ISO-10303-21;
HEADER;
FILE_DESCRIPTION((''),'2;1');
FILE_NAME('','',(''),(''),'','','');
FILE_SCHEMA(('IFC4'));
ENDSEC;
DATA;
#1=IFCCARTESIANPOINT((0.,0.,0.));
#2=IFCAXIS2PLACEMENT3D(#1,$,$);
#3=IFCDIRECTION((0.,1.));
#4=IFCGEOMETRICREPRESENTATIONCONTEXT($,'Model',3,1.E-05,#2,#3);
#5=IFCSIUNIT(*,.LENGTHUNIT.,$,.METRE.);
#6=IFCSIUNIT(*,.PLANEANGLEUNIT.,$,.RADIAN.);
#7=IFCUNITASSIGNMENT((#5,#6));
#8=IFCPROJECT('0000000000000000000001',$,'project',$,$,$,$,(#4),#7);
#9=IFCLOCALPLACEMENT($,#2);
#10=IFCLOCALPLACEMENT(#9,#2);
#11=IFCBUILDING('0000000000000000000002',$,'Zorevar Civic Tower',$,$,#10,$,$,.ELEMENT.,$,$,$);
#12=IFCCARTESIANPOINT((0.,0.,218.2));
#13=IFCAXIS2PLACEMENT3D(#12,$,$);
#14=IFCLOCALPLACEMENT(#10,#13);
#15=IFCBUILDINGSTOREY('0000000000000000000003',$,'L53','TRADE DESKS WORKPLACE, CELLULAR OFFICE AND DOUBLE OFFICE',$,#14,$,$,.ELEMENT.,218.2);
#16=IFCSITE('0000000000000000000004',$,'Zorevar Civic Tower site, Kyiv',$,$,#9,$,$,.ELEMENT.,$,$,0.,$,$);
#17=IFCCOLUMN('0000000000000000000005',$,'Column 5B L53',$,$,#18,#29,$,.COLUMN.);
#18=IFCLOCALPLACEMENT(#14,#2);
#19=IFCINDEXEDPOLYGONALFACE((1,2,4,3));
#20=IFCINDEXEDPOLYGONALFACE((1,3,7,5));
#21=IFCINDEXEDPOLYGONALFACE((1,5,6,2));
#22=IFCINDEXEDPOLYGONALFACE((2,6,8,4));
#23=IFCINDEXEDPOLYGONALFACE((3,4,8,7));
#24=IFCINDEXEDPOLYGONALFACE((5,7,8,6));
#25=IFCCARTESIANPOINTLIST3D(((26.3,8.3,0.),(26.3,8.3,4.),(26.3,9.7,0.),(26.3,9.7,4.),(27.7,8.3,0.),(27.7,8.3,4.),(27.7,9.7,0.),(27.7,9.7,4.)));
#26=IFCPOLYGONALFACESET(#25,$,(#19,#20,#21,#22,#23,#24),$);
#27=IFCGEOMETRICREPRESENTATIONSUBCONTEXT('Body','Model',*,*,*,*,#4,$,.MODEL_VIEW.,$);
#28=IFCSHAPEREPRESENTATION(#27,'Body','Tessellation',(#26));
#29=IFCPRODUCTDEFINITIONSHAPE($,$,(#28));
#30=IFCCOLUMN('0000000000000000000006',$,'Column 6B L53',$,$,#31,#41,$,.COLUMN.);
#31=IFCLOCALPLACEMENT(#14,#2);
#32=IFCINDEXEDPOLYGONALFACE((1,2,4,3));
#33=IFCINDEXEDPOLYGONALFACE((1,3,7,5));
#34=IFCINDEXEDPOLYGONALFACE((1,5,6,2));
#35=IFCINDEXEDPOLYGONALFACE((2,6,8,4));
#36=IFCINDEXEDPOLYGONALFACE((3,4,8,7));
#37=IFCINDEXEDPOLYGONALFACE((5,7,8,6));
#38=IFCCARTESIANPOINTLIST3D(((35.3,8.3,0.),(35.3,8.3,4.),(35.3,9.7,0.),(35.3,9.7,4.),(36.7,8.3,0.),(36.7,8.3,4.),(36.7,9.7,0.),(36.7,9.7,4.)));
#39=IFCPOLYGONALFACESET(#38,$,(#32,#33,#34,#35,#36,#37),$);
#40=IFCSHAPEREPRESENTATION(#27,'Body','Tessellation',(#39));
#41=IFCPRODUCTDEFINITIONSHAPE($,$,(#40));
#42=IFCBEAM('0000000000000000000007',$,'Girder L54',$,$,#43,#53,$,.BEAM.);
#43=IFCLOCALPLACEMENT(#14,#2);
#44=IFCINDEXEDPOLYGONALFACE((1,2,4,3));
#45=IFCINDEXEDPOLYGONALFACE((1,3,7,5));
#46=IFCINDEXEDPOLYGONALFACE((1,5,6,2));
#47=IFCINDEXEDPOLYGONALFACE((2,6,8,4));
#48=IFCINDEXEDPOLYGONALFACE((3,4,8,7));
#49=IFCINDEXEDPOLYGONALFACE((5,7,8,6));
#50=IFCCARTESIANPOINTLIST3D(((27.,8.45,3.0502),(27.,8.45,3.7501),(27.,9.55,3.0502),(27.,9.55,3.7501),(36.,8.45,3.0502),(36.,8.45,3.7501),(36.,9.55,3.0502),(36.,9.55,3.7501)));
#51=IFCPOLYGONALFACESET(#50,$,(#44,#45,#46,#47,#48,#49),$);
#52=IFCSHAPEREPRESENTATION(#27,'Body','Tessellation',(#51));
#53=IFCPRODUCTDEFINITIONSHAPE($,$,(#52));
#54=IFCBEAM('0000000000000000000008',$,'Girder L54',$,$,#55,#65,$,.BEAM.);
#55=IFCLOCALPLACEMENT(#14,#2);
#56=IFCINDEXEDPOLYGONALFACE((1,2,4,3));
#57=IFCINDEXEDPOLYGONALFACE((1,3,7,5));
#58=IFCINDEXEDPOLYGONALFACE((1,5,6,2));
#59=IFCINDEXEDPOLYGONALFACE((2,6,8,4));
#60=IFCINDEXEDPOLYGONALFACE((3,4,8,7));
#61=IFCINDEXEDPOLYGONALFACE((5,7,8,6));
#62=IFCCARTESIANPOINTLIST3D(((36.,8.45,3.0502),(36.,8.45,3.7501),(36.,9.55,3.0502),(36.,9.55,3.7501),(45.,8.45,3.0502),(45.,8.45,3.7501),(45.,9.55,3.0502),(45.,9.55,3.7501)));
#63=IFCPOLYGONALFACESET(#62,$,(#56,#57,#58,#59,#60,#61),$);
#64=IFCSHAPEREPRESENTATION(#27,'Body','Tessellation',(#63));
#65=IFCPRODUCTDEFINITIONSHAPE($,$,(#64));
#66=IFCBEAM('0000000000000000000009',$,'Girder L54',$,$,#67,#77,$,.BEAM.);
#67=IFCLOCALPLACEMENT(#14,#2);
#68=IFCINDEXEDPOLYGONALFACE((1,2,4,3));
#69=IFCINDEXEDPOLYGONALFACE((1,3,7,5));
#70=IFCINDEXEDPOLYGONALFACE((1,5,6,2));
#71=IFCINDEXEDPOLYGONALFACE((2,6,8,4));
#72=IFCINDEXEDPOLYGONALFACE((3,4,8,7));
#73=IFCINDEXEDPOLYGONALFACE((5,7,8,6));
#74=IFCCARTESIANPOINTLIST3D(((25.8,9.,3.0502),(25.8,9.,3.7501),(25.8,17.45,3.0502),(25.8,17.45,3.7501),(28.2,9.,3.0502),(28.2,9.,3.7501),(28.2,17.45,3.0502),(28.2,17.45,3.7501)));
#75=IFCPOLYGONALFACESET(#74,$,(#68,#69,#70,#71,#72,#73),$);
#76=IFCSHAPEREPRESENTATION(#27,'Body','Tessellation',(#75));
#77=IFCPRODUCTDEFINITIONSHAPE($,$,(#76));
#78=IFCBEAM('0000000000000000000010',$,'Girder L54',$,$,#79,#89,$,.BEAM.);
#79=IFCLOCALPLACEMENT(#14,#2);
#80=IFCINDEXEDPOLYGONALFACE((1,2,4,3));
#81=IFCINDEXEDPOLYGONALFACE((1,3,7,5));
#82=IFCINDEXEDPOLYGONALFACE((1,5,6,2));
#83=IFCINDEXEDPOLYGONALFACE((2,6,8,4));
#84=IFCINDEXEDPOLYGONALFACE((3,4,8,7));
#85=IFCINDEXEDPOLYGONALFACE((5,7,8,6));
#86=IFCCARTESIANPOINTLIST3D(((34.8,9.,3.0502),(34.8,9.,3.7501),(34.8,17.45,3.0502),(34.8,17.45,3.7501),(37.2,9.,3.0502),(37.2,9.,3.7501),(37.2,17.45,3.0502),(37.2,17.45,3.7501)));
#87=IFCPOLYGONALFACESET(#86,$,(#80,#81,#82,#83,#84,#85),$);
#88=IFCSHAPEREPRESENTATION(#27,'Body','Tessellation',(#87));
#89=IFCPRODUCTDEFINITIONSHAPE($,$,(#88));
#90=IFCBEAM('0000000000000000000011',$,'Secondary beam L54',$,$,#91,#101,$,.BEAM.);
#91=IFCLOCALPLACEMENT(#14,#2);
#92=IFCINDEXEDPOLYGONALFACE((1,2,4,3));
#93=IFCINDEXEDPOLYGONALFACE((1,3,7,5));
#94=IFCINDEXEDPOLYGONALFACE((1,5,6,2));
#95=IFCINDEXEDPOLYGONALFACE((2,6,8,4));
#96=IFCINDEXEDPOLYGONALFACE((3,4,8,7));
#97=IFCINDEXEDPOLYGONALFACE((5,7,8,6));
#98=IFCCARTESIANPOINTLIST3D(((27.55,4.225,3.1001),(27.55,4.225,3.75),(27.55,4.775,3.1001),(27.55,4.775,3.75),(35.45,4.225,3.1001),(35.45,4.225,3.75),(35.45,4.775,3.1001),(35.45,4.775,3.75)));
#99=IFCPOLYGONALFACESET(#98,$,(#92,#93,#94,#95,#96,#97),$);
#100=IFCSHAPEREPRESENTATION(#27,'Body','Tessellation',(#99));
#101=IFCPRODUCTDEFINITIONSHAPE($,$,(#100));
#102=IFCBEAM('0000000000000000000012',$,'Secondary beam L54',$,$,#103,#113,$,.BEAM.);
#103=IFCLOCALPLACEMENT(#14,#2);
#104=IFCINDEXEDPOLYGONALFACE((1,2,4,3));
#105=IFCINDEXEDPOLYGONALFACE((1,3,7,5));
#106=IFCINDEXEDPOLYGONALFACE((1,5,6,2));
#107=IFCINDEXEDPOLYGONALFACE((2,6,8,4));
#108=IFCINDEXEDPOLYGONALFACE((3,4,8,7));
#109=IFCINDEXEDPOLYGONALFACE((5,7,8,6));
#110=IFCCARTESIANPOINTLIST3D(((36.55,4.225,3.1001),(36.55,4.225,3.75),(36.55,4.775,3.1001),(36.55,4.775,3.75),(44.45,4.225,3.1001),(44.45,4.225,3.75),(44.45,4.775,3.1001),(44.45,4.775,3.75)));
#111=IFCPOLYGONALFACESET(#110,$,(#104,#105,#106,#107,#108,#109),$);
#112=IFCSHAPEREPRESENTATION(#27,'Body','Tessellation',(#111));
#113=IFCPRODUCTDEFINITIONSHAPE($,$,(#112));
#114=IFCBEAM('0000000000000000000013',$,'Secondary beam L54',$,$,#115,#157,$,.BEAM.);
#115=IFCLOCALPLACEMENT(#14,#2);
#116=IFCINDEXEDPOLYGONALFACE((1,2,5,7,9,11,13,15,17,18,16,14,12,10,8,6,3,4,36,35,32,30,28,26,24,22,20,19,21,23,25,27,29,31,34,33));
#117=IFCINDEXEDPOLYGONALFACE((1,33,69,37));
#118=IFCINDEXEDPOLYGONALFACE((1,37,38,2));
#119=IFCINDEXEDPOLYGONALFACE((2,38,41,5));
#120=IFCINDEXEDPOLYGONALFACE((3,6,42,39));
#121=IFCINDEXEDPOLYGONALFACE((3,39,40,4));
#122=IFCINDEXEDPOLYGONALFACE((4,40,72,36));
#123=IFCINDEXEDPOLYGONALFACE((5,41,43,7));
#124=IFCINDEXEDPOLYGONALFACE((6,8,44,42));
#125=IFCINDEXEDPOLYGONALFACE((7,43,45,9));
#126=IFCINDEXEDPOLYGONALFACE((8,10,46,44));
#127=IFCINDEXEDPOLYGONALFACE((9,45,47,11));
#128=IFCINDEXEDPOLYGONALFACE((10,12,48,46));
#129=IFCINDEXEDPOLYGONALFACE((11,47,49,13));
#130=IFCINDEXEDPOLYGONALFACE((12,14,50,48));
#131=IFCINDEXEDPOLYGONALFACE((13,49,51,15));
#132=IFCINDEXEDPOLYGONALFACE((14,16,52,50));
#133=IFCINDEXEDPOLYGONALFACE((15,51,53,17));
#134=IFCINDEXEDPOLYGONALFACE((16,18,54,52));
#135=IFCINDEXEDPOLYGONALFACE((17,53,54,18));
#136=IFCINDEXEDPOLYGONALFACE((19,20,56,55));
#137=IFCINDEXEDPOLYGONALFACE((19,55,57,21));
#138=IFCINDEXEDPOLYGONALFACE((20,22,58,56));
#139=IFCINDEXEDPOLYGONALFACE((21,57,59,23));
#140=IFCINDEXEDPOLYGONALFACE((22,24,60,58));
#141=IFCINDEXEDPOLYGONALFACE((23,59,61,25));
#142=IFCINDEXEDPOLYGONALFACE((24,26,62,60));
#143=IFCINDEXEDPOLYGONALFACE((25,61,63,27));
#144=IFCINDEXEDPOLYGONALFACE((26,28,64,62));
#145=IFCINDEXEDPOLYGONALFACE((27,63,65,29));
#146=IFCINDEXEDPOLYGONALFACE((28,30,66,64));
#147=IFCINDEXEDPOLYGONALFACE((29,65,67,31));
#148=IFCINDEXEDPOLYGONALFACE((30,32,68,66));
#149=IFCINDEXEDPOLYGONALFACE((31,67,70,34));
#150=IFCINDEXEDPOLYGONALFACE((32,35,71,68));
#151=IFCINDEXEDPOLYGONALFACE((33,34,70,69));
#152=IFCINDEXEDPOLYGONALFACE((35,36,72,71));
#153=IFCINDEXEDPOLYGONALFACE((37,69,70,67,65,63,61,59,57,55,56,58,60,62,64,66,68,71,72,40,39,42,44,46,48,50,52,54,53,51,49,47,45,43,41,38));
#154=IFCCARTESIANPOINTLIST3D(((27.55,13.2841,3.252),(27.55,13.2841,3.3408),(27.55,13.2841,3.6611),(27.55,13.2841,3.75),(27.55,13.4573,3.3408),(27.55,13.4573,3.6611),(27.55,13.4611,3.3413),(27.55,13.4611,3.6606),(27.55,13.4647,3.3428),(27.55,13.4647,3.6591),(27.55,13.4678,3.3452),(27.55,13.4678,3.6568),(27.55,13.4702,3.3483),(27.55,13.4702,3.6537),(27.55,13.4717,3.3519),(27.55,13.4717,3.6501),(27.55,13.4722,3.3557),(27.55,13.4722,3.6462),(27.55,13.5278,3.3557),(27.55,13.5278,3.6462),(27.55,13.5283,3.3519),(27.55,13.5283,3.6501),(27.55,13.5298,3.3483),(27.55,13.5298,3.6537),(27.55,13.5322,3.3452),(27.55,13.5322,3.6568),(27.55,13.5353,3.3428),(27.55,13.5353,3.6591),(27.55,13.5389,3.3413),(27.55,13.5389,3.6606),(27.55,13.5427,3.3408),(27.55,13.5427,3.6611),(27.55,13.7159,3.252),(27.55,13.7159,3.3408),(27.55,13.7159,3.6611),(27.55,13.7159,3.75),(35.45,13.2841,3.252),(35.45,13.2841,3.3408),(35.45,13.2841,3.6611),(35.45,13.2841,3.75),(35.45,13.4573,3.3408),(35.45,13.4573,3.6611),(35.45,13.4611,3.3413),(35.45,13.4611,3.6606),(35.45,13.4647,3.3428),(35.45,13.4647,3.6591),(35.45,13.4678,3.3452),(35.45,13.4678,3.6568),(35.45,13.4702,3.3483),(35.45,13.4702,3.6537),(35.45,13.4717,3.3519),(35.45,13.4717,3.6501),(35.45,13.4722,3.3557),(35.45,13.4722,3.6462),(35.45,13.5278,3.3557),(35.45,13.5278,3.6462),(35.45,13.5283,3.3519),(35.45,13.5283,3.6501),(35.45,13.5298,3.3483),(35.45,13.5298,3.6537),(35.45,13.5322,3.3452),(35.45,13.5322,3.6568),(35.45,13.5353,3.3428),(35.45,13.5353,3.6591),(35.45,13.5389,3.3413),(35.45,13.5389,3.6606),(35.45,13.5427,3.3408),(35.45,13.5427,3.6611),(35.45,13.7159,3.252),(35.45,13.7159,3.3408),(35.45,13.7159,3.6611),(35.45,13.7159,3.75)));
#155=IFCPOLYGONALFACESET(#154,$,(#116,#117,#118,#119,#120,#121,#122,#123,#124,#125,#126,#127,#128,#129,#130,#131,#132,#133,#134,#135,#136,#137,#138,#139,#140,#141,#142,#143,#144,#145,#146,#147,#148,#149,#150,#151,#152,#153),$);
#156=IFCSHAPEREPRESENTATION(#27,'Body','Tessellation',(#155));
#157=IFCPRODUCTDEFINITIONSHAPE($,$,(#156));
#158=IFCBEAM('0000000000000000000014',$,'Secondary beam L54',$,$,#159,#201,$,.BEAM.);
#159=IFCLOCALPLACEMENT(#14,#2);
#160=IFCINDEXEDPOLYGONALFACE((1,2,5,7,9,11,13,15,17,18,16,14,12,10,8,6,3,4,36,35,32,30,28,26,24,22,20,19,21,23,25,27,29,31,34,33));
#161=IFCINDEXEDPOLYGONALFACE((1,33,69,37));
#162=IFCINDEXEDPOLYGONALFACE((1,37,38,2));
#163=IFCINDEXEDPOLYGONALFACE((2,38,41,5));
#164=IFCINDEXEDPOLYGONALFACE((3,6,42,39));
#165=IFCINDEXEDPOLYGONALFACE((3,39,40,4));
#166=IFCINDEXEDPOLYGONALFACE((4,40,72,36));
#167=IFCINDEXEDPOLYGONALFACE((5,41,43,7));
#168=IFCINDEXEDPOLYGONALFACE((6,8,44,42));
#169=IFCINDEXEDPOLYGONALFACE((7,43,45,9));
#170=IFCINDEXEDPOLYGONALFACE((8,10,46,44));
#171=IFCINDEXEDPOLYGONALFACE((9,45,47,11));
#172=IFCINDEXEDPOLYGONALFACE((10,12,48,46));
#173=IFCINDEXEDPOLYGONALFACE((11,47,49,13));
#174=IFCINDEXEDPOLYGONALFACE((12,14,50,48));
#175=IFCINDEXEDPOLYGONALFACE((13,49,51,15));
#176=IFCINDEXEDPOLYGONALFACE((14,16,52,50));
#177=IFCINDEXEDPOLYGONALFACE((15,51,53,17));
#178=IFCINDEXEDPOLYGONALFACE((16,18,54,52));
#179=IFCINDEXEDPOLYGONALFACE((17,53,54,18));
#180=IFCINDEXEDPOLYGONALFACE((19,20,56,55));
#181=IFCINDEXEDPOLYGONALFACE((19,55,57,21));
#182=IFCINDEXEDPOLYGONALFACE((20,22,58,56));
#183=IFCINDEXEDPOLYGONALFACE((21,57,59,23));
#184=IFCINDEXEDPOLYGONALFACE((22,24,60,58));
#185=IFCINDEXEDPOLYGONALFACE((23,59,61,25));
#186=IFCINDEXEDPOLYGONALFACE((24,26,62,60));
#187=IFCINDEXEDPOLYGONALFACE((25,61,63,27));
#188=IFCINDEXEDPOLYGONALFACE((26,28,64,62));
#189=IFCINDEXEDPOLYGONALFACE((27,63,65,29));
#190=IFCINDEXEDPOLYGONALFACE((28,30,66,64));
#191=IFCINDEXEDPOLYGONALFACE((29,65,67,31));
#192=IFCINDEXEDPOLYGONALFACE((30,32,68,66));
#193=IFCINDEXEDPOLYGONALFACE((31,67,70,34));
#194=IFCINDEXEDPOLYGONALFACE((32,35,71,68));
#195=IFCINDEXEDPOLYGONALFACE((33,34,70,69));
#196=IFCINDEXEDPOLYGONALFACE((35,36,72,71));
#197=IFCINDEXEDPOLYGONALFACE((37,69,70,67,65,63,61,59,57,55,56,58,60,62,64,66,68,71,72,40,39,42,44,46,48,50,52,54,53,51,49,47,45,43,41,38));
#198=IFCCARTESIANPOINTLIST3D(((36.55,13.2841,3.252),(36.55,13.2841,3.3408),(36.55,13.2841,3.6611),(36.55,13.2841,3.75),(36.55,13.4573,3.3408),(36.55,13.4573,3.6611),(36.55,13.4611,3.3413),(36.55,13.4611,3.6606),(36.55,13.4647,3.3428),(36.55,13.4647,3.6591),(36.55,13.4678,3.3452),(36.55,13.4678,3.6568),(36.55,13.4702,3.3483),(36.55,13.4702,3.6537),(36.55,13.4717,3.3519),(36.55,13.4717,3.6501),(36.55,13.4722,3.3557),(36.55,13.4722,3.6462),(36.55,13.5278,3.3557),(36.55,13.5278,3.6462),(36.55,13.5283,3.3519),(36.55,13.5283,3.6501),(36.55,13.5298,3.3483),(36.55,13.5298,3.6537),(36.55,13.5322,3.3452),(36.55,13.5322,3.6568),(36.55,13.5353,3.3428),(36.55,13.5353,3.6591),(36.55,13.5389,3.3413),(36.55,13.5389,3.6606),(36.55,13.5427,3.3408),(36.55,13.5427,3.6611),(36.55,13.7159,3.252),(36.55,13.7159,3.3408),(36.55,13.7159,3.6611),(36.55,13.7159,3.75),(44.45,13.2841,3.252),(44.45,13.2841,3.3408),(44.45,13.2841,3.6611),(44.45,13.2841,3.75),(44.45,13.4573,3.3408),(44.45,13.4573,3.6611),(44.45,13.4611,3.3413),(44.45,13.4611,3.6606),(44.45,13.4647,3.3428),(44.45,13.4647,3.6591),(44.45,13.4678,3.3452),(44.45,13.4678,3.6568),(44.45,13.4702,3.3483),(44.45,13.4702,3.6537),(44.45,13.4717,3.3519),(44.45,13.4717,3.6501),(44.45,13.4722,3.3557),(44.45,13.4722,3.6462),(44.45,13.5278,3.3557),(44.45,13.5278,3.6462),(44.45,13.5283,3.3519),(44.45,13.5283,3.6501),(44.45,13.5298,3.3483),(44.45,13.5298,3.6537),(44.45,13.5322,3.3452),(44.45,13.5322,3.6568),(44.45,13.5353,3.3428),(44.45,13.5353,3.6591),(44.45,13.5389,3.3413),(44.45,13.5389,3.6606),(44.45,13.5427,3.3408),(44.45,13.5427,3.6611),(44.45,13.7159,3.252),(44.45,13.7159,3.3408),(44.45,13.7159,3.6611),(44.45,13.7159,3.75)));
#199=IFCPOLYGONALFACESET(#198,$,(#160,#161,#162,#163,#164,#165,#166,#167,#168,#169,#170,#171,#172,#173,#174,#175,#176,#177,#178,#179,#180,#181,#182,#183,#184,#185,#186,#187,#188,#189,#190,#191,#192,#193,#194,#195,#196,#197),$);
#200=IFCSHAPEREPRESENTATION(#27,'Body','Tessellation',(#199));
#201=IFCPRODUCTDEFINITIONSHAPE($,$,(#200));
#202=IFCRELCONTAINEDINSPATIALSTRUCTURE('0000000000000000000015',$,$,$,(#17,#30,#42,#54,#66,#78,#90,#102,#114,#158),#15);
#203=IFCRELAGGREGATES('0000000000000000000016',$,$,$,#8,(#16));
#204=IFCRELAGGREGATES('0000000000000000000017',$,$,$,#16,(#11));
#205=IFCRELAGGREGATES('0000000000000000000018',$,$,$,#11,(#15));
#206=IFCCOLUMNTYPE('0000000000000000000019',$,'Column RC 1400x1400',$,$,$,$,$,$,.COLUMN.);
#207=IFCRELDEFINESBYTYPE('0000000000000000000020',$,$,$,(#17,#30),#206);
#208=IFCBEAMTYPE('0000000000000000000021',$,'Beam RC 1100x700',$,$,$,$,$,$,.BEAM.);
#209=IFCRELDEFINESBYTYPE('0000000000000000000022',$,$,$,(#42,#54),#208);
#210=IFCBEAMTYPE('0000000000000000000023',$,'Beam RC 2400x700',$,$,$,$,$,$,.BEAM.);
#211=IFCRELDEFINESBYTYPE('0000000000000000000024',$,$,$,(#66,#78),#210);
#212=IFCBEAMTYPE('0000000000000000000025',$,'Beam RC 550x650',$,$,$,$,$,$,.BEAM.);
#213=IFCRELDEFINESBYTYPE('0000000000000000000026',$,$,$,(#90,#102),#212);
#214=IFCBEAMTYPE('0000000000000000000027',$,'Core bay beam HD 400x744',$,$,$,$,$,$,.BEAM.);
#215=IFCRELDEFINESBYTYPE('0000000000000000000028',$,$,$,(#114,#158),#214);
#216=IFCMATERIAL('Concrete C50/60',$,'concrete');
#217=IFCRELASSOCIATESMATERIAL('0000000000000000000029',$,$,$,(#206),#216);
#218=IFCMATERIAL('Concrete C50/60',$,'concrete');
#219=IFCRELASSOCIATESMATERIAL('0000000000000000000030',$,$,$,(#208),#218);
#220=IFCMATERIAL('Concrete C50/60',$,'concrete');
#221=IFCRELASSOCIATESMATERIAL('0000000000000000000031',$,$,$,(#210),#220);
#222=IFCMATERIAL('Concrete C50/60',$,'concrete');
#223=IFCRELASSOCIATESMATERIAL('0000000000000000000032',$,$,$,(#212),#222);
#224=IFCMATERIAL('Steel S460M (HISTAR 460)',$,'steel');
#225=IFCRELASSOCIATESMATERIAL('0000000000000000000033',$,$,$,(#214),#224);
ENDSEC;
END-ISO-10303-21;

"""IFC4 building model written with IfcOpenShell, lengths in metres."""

from ifc_helpers import new_model, si_unit, direction, frame, origin, origin_2d, place, context, subcontext, project, spatial, rectangle, i_section, extrude, material, material_profile, profile_set, type_object, element, save


model = new_model("IFC4")

# Units and contexts
model_context = context("Model", 3, precision=1e-05, world=origin(), true_north=direction((0.0, 1.0)))
body_context = subcontext(model_context, "Body", "Model", "MODEL_VIEW")
ifc_project = project(units=[si_unit("LENGTHUNIT", "METRE"), si_unit("PLANEANGLEUNIT", "RADIAN")], contexts=[model_context])

# Site, building, storey
site_placement = place(None, origin())
site = spatial("IfcSite", under=ifc_project, at=site_placement, Name="Zorevar Civic Tower site, Kyiv", CompositionType="ELEMENT", RefElevation=0.0)
building_placement = place(site_placement, origin())
building = spatial("IfcBuilding", under=site, at=building_placement, Name="Zorevar Civic Tower", CompositionType="ELEMENT")
storey_placement = place(building_placement, frame((0.0, 0.0, 218.2)))
storey = spatial("IfcBuildingStorey", under=building, at=storey_placement, Name="L53", Description="TRADE DESKS WORKPLACE, CELLULAR OFFICE AND DOUBLE OFFICE", CompositionType="ELEMENT", Elevation=218.2)

# Columns
ifc_material_1 = material(Name="Concrete C50/60", Category="concrete")
ifc_material_profile_1 = material_profile(ifc_material_1, rectangle(XDim=1.3999, YDim=1.3999, at=origin_2d()), Name="RC 1400x1400")
ifc_profile_set_1 = profile_set([ifc_material_profile_1], Name="Concrete C50/60")
column_type = type_object("IfcColumnType", Name="Column RC 1400x1400", PredefinedType="COLUMN", material=ifc_profile_set_1)
for number, where, z_axis, x_axis, name in (
    (1, (27.0, 9.0, 0.0), (0.0, 0.0, 1.0), (1.0, 0.0, 0.0), "Column 5B L53"),
    (2, (36.0, 9.0, 0.0), (0.0, 0.0, 1.0), (1.0, 0.0, 0.0), "Column 6B L53"),
):
    element("IfcColumn", number, at=place(storey_placement, frame(where, z_axis=z_axis, x_axis=x_axis)), inside=storey, type_object=column_type, Name=name, PredefinedType="COLUMN", context=body_context, shape_type="SweptSolid", body=[
        extrude(rectangle(XDim=1.3999, YDim=1.3999, at=origin_2d()), origin(), (0.0, 0.0, 1.0), 4.0),
    ])

# Beams
ifc_material_2 = material(Name="Concrete C50/60", Category="concrete")
ifc_material_profile_2 = material_profile(ifc_material_2, rectangle(XDim=1.1001, YDim=0.7, at=origin_2d()), Name="RC 1100x700")
ifc_profile_set_2 = profile_set([ifc_material_profile_2], Name="Concrete C50/60")
beam_type_1 = type_object("IfcBeamType", Name="Beam RC 1100x700", PredefinedType="BEAM", material=ifc_profile_set_2)
for number, where, z_axis, x_axis, name in (
    (3, (27.0, 9.0, 3.4001), (1.0, 0.0, 0.0), (0.0, 1.0, 0.0), "Girder L54"),
    (4, (36.0, 9.0, 3.4001), (1.0, 0.0, 0.0), (0.0, 1.0, 0.0), "Girder L54"),
):
    element("IfcBeam", number, at=place(storey_placement, frame(where, z_axis=z_axis, x_axis=x_axis)), inside=storey, type_object=beam_type_1, Name=name, PredefinedType="BEAM", context=body_context, shape_type="SweptSolid", body=[
        extrude(rectangle(XDim=1.1001, YDim=0.7, at=origin_2d()), origin(), (0.0, 0.0, 1.0), 9.0),
    ])
ifc_material_3 = material(Name="Concrete C50/60", Category="concrete")
ifc_material_profile_3 = material_profile(ifc_material_3, rectangle(XDim=2.3999, YDim=0.7, at=origin_2d()), Name="RC 2400x700")
ifc_profile_set_3 = profile_set([ifc_material_profile_3], Name="Concrete C50/60")
beam_type_2 = type_object("IfcBeamType", Name="Beam RC 2400x700", PredefinedType="BEAM", material=ifc_profile_set_3)
for number, where, z_axis, x_axis, name in (
    (5, (27.0, 9.0, 3.4001), (0.0, 1.0, 0.0), (-1.0, 0.0, 0.0), "Girder L54"),
    (6, (36.0, 9.0, 3.4001), (0.0, 1.0, 0.0), (-1.0, 0.0, 0.0), "Girder L54"),
):
    element("IfcBeam", number, at=place(storey_placement, frame(where, z_axis=z_axis, x_axis=x_axis)), inside=storey, type_object=beam_type_2, Name=name, PredefinedType="BEAM", context=body_context, shape_type="SweptSolid", body=[
        extrude(rectangle(XDim=2.3999, YDim=0.7, at=origin_2d()), origin(), (0.0, 0.0, 1.0), 8.45),
    ])
ifc_material_4 = material(Name="Concrete C50/60", Category="concrete")
ifc_material_profile_4 = material_profile(ifc_material_4, rectangle(XDim=0.55, YDim=0.6499, at=origin_2d()), Name="RC 550x650")
ifc_profile_set_4 = profile_set([ifc_material_profile_4], Name="Concrete C50/60")
beam_type_3 = type_object("IfcBeamType", Name="Beam RC 550x650", PredefinedType="BEAM", material=ifc_profile_set_4)
for number, where, z_axis, x_axis, name in (
    (7, (27.55, 4.5, 3.425), (1.0, 0.0, 0.0), (0.0, 1.0, 0.0), "Secondary beam L54"),
    (8, (36.55, 4.5, 3.425), (1.0, 0.0, 0.0), (0.0, 1.0, 0.0), "Secondary beam L54"),
):
    element("IfcBeam", number, at=place(storey_placement, frame(where, z_axis=z_axis, x_axis=x_axis)), inside=storey, type_object=beam_type_3, Name=name, PredefinedType="BEAM", context=body_context, shape_type="SweptSolid", body=[
        extrude(rectangle(XDim=0.55, YDim=0.6499, at=origin_2d()), origin(), (0.0, 0.0, 1.0), 7.8999),
    ])
ifc_material_5 = material(Name="Steel S460M (HISTAR 460)", Category="steel")
ifc_material_profile_5 = material_profile(ifc_material_5, i_section(OverallWidth=0.4319, OverallDepth=0.498, WebThickness=0.0557, FlangeThickness=0.0889, FilletRadius=0.0149, at=origin_2d()), Name="HD 400x744")
ifc_profile_set_5 = profile_set([ifc_material_profile_5], Name="Steel S460M (HISTAR 460)")
beam_type_4 = type_object("IfcBeamType", Name="Core bay beam HD 400x744", PredefinedType="BEAM", material=ifc_profile_set_5)
for number, where, z_axis, x_axis, name in (
    (9, (27.55, 13.5, 3.501), (1.0, 0.0, 0.0), (0.0, 1.0, 0.0), "Secondary beam L54"),
    (10, (36.55, 13.5, 3.501), (1.0, 0.0, 0.0), (0.0, 1.0, 0.0), "Secondary beam L54"),
):
    element("IfcBeam", number, at=place(storey_placement, frame(where, z_axis=z_axis, x_axis=x_axis)), inside=storey, type_object=beam_type_4, Name=name, PredefinedType="BEAM", context=body_context, shape_type="SweptSolid", body=[
        extrude(i_section(OverallWidth=0.4319, OverallDepth=0.498, WebThickness=0.0557, FlangeThickness=0.0889, FilletRadius=0.0149, at=origin_2d()), origin(), (0.0, 0.0, 1.0), 7.8999),
    ])

save(model, "model.ifc")
